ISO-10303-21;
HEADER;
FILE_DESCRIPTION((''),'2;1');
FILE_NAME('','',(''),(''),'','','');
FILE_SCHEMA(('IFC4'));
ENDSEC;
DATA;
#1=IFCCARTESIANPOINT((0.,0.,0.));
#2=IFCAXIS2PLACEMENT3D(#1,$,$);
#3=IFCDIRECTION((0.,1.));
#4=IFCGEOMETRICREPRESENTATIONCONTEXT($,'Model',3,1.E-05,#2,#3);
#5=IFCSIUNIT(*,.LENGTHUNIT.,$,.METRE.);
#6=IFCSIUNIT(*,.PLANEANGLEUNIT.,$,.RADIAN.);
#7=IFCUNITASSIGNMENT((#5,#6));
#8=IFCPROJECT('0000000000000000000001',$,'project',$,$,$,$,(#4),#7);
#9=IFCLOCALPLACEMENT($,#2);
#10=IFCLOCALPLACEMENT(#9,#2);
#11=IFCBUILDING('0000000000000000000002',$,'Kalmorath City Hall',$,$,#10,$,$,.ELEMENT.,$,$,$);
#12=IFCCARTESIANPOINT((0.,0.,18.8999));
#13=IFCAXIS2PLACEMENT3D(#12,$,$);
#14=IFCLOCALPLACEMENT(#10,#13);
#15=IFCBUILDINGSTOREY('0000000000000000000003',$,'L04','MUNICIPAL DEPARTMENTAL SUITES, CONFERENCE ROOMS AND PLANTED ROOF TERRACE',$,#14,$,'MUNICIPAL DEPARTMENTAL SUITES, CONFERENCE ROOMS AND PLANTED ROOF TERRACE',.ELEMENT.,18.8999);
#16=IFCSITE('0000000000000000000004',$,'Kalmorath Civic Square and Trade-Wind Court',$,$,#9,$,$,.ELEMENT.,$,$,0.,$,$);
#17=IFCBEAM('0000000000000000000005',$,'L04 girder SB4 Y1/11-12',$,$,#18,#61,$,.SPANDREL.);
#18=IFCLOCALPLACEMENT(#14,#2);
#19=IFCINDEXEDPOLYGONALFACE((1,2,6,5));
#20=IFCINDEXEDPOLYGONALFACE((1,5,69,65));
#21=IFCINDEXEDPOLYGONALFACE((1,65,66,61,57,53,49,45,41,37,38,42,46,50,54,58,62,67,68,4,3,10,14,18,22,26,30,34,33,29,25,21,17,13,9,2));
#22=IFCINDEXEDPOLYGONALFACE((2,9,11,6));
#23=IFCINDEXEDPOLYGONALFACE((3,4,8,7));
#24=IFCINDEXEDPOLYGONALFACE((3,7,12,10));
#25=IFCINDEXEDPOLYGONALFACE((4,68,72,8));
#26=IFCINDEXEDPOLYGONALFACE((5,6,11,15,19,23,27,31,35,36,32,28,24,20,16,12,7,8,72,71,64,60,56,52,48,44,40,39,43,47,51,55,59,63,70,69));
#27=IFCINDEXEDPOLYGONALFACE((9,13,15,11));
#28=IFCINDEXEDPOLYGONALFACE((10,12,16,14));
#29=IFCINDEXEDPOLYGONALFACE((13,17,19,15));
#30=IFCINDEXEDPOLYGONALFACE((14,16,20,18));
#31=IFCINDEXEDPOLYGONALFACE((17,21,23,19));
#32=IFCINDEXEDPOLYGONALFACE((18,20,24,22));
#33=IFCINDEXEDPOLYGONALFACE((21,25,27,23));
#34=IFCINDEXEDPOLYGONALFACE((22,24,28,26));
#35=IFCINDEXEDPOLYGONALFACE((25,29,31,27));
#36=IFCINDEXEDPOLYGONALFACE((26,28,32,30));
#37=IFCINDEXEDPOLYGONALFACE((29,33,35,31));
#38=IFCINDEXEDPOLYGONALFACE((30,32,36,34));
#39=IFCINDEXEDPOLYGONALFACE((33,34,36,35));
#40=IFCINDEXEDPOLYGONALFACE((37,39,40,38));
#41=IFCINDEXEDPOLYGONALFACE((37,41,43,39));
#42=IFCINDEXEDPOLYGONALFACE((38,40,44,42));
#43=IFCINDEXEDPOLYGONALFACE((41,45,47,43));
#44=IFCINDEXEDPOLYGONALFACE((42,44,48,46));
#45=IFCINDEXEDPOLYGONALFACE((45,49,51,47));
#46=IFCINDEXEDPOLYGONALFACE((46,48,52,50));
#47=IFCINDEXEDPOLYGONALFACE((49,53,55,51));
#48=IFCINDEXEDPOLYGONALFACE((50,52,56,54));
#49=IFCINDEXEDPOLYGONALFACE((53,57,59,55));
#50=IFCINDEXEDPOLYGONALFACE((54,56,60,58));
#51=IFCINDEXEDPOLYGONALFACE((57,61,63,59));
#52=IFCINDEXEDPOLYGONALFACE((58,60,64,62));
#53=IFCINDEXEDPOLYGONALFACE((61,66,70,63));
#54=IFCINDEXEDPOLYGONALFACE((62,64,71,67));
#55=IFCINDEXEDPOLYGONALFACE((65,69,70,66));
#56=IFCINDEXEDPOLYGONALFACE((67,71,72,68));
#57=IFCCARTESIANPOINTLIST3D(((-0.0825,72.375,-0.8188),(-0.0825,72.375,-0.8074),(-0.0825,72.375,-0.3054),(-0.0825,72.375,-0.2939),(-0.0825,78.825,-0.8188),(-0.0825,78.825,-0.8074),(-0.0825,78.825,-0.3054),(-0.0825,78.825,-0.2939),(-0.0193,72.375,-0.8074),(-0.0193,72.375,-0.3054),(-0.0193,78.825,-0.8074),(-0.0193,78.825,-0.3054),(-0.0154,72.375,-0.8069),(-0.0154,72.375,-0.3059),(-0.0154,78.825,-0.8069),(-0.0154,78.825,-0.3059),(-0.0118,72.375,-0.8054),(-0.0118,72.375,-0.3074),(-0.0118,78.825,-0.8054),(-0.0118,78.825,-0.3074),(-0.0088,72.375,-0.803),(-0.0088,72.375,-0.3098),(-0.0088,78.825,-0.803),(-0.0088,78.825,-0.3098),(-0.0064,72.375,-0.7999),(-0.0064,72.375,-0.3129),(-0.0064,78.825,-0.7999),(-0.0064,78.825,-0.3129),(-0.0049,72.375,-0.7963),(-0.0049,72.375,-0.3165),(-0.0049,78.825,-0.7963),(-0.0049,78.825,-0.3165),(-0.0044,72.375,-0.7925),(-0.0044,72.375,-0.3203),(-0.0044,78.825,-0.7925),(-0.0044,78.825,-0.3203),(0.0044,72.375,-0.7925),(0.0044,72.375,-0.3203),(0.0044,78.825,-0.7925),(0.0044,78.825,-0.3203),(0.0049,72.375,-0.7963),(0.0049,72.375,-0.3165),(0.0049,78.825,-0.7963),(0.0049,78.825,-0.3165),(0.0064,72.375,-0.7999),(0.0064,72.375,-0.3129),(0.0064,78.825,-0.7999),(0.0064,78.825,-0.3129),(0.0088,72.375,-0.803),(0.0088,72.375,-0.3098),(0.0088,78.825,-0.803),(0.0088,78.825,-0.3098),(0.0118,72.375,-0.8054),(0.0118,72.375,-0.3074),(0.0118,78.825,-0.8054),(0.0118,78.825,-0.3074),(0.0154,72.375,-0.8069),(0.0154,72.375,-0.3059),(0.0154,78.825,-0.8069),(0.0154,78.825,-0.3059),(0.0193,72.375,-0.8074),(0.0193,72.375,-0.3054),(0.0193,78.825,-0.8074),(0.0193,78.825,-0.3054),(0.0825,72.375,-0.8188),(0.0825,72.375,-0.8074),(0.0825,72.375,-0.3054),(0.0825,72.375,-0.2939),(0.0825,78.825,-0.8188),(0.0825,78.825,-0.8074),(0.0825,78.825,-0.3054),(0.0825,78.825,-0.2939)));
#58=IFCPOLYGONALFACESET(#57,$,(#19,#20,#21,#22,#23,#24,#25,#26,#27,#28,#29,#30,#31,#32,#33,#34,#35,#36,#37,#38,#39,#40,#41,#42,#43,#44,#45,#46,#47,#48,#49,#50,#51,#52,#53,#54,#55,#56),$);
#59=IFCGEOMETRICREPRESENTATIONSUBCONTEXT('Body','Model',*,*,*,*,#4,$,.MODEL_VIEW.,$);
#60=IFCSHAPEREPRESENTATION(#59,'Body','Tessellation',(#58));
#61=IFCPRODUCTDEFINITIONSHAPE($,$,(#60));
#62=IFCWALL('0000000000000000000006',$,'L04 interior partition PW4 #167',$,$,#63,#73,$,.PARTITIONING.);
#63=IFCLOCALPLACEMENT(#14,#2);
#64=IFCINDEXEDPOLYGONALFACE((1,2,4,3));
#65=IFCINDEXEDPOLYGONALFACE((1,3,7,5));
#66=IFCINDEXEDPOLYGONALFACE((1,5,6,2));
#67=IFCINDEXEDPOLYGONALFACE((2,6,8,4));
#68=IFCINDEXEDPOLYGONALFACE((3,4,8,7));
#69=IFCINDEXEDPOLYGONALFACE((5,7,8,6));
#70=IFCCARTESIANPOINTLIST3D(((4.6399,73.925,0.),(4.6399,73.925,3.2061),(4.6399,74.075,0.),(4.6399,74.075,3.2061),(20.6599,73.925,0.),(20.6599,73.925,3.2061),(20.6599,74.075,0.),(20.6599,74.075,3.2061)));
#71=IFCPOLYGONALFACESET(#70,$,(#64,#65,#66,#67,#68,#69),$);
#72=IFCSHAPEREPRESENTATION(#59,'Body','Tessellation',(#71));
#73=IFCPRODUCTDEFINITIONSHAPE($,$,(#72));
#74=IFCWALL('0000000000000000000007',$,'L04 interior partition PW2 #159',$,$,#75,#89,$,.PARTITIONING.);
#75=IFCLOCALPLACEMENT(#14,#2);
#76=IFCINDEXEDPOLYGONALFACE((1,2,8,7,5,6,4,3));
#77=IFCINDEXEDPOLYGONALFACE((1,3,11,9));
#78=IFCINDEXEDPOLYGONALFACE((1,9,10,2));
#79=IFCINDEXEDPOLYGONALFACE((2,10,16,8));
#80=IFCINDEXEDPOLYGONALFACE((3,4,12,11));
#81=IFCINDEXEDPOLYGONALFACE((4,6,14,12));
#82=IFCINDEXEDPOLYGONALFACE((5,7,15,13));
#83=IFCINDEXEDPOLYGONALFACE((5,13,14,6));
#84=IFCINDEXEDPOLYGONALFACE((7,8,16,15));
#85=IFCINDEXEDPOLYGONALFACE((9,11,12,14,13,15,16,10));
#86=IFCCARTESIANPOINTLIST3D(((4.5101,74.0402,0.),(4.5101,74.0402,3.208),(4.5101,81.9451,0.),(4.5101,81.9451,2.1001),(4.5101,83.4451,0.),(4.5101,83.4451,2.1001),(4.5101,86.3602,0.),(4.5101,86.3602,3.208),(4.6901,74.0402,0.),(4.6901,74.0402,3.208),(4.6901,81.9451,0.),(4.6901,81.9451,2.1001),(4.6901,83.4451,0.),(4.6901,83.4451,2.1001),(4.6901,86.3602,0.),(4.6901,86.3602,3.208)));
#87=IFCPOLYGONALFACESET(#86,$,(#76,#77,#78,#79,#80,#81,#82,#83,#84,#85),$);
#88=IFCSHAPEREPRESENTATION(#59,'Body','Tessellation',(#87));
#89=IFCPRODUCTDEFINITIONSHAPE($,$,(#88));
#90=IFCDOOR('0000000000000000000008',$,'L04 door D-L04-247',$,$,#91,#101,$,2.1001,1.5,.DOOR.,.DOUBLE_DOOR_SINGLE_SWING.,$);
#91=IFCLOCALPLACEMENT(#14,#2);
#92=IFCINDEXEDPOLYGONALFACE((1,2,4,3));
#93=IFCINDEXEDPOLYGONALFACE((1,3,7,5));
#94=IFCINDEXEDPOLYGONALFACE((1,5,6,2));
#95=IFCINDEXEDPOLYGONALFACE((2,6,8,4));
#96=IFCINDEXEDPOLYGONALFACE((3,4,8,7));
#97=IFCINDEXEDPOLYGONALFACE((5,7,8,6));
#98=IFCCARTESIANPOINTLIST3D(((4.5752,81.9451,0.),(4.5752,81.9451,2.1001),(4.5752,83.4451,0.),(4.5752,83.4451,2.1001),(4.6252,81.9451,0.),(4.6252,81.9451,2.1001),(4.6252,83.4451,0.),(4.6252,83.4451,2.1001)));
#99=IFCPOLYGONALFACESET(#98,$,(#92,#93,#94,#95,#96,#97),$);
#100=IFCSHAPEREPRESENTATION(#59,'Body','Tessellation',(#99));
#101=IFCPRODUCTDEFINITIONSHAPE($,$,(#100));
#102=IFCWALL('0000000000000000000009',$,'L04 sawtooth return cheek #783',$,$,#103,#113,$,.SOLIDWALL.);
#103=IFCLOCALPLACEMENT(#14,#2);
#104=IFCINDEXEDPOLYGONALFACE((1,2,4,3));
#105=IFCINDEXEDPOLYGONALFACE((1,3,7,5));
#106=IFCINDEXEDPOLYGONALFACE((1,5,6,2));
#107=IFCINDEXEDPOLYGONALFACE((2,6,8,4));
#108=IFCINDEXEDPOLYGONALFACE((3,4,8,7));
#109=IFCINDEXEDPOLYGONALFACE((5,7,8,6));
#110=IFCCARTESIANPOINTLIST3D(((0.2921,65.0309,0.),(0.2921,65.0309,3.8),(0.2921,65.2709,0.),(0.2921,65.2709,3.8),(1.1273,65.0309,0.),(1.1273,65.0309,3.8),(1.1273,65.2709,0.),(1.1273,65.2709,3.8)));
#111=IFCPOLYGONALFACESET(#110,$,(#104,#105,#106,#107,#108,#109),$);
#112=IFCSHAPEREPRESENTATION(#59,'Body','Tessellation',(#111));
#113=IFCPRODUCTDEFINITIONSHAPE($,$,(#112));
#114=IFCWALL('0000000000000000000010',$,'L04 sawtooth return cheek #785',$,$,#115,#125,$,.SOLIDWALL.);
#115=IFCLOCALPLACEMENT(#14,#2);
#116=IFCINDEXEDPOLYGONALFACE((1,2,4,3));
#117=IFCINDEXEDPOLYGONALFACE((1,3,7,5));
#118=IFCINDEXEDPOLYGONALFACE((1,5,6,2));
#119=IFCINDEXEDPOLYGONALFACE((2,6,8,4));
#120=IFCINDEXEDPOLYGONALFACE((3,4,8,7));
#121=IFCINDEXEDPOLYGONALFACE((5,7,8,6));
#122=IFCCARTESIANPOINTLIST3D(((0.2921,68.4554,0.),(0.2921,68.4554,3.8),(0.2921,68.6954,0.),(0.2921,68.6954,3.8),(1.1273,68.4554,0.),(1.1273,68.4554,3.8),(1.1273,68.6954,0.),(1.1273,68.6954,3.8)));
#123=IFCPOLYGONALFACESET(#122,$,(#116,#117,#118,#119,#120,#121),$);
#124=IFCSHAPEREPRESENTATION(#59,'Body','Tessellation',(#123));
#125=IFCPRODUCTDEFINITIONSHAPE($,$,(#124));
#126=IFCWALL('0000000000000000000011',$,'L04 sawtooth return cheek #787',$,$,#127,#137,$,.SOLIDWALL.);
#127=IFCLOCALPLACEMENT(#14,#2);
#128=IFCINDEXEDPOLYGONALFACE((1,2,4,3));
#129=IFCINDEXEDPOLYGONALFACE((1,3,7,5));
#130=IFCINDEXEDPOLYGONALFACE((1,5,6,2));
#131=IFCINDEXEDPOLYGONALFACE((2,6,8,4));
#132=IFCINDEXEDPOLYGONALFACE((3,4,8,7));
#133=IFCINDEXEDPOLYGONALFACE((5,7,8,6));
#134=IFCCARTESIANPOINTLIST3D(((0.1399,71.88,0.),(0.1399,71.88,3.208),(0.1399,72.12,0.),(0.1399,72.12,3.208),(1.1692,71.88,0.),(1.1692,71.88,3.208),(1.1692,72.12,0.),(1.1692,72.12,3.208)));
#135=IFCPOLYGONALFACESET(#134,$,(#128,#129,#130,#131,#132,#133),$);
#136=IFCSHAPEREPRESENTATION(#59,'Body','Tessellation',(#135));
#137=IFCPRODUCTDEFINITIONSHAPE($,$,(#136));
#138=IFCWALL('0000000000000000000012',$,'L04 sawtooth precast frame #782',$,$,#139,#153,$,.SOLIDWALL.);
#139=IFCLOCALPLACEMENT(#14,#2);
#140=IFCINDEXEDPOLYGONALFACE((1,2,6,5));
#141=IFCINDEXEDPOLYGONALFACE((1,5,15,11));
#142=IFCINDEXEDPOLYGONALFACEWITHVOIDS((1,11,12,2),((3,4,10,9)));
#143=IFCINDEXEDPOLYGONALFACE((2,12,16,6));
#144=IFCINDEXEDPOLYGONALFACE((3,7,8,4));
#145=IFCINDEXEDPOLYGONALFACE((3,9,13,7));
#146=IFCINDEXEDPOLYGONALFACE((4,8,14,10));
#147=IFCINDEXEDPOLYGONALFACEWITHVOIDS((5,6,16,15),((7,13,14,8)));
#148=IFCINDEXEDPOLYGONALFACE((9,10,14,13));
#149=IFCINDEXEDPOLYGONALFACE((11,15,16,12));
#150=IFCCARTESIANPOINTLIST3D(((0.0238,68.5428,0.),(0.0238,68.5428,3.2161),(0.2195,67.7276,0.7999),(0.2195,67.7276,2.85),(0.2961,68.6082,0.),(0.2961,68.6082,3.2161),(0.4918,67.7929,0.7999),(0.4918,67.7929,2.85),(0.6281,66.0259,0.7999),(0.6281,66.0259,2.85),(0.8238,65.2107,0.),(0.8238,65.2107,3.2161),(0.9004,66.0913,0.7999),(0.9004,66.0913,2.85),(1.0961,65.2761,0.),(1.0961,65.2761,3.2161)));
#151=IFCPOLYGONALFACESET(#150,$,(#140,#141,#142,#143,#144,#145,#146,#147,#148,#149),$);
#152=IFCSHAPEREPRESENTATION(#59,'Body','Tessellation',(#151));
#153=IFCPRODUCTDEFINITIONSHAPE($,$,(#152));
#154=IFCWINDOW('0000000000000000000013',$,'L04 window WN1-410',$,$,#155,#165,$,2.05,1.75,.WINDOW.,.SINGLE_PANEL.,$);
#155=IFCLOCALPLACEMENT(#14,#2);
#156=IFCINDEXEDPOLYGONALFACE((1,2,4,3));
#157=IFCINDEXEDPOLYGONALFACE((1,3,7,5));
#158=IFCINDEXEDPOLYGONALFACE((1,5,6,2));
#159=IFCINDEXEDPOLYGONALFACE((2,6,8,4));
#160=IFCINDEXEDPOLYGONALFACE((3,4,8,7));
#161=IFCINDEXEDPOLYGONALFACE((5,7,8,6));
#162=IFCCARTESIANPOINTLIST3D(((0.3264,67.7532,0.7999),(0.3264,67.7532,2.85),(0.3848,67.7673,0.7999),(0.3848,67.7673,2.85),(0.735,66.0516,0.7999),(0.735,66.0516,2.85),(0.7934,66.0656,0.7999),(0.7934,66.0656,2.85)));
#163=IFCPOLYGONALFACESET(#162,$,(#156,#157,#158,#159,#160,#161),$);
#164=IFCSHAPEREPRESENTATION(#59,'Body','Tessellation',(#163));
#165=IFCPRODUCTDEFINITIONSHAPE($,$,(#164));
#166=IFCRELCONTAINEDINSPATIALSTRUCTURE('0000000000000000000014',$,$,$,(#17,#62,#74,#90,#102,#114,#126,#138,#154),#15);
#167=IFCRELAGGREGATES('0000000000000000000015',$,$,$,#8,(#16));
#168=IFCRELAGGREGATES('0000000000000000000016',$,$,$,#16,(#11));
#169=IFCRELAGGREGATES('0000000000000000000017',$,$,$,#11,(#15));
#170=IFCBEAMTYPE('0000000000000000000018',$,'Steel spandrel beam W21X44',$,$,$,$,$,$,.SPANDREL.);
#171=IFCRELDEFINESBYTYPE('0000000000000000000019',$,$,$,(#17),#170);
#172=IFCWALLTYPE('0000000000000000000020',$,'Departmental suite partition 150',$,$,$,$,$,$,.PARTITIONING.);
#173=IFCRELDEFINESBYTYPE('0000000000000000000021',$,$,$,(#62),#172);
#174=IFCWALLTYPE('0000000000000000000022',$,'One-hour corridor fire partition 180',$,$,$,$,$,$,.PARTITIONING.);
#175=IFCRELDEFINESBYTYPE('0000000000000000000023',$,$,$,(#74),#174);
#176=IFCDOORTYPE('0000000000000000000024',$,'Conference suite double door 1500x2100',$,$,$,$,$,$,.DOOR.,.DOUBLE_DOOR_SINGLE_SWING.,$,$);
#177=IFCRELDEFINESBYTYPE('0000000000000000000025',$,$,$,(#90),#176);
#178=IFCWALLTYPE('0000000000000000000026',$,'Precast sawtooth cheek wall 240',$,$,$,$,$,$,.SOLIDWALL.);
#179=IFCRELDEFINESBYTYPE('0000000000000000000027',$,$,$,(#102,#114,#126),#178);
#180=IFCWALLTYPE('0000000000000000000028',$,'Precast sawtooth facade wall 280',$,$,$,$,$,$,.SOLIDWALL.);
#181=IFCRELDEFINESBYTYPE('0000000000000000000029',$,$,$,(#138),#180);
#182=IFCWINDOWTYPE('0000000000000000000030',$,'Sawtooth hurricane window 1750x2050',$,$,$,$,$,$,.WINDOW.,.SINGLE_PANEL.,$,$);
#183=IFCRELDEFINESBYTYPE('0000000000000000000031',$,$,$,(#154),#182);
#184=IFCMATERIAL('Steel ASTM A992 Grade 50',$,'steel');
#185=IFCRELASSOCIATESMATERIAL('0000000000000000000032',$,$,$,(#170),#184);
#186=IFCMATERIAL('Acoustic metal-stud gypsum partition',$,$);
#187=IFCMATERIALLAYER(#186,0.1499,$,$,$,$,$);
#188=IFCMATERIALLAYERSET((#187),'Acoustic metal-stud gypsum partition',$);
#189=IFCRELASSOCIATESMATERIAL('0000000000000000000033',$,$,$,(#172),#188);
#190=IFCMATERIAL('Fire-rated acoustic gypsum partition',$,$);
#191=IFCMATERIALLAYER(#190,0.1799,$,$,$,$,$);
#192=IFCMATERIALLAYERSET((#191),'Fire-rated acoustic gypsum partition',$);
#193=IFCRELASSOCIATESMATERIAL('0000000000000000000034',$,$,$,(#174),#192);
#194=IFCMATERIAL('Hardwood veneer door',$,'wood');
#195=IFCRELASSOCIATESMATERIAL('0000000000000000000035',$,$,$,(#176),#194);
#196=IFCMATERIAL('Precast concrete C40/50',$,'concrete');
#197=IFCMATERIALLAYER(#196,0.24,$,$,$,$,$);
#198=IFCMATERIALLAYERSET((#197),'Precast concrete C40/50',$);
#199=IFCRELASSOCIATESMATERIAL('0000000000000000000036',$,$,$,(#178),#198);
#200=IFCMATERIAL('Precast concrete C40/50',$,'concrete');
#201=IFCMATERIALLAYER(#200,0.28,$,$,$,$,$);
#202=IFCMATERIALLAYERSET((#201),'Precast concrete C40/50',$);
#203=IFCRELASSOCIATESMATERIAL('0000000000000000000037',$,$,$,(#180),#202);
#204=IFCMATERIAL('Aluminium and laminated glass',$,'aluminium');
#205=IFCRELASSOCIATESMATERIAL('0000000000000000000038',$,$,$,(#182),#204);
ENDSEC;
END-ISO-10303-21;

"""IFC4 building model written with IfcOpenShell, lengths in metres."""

from ifc_helpers import new_model, si_unit, direction, frame, frame_2d, origin, origin_2d, place, context, subcontext, project, spatial, rectangle, i_section, extrude, material, layer, layer_set, material_profile, profile_set, type_object, element, fill, save


model = new_model("IFC4")

# Units and contexts
model_context = context("Model", 3, precision=1e-05, world=origin(), true_north=direction((0.0, 1.0)))
body_context = subcontext(model_context, "Body", "Model", "MODEL_VIEW")
ifc_project = project(units=[si_unit("LENGTHUNIT", "METRE"), si_unit("PLANEANGLEUNIT", "RADIAN")], contexts=[model_context])

# Site, building, storey
site_placement = place(None, origin())
site = spatial("IfcSite", under=ifc_project, at=site_placement, Name="Kalmorath Civic Square and Trade-Wind Court", CompositionType="ELEMENT", RefElevation=0.0)
building_placement = place(site_placement, origin())
building = spatial("IfcBuilding", under=site, at=building_placement, Name="Kalmorath City Hall", CompositionType="ELEMENT")
storey_placement = place(building_placement, frame((0.0, 0.0, 18.8999)))
storey = spatial("IfcBuildingStorey", under=building, at=storey_placement, Name="L04", Description="MUNICIPAL DEPARTMENTAL SUITES, CONFERENCE ROOMS AND PLANTED ROOF TERRACE", LongName="MUNICIPAL DEPARTMENTAL SUITES, CONFERENCE ROOMS AND PLANTED ROOF TERRACE", CompositionType="ELEMENT", Elevation=18.8999)

# Beam
ifc_material_1 = material(Name="Steel ASTM A992 Grade 50", Category="steel")
ifc_material_profile_1 = material_profile(ifc_material_1, i_section(OverallWidth=0.165, OverallDepth=0.5249, WebThickness=0.0088, FlangeThickness=0.0115, FilletRadius=0.0149, at=origin_2d()), Name="W21X44")
ifc_profile_set_1 = profile_set([ifc_material_profile_1], Name="Steel ASTM A992 Grade 50")
beam_type_1 = type_object("IfcBeamType", Name="Steel spandrel beam W21X44", PredefinedType="SPANDREL", material=ifc_profile_set_1)
beam_1_placement = place(storey_placement, frame((0.0, 72.375, -0.5564), z_axis=(0.0, 1.0, 0.0), x_axis=(-1.0, 0.0, 0.0)))
element("IfcBeam", 1, at=beam_1_placement, inside=storey, type_object=beam_type_1, Name="L04 girder SB4 Y1/11-12", PredefinedType="SPANDREL", context=body_context, shape_type="SweptSolid", body=[
    extrude(i_section(OverallWidth=0.165, OverallDepth=0.5249, WebThickness=0.0088, FlangeThickness=0.0115, FilletRadius=0.0149, at=origin_2d()), origin(), (0.0, 0.0, 1.0), 6.45),
])

# Wall
ifc_material_2 = material(Name="Acoustic metal-stud gypsum partition")
ifc_layer_1 = layer(ifc_material_2, 0.1499)
ifc_layer_set_1 = layer_set([ifc_layer_1], Name="Acoustic metal-stud gypsum partition")
wall_type_1 = type_object("IfcWallType", Name="Departmental suite partition 150", PredefinedType="PARTITIONING", material=ifc_layer_set_1)
wall_1_placement = place(storey_placement, frame((4.6399, 74.0, 0.0), z_axis=(0.0, 0.0, 1.0), x_axis=(1.0, 0.0, 0.0)))
element("IfcWall", 2, at=wall_1_placement, inside=storey, type_object=wall_type_1, Name="L04 interior partition PW4 #167", PredefinedType="PARTITIONING", context=body_context, shape_type="SweptSolid", body=[
    extrude(rectangle(XDim=16.02, YDim=0.1499, at=frame_2d((8.01, 0.0))), origin(), (0.0, 0.0, 1.0), 3.2061),
])

# Wall, opening, door
ifc_material_3 = material(Name="Fire-rated acoustic gypsum partition")
ifc_layer_2 = layer(ifc_material_3, 0.1799)
ifc_layer_set_2 = layer_set([ifc_layer_2], Name="Fire-rated acoustic gypsum partition")
wall_type_2 = type_object("IfcWallType", Name="One-hour corridor fire partition 180", PredefinedType="PARTITIONING", material=ifc_layer_set_2)
wall_2_placement = place(storey_placement, frame((4.6001, 74.04, 0.0), z_axis=(0.0, 0.0, 1.0), x_axis=(0.0, 1.0, 0.0)))
wall_2 = element("IfcWall", 3, at=wall_2_placement, inside=storey, type_object=wall_type_2, Name="L04 interior partition PW2 #159", PredefinedType="PARTITIONING", context=body_context, shape_type="SweptSolid", body=[
    extrude(rectangle(XDim=12.3201, YDim=0.1799, at=frame_2d((6.1602, 0.0))), origin(), (0.0, 0.0, 1.0), 3.208),
])
opening_1_placement = place(wall_2_placement, frame((7.905, 0.0, 0.0)))
opening_1 = element("IfcOpeningElement", 4, at=opening_1_placement, cuts=wall_2, PredefinedType="OPENING", context=body_context, shape_type="SweptSolid", body=[
    extrude(rectangle(XDim=1.5, YDim=2.1001, at=frame_2d((0.75, 1.05))), frame((0.0, 0.0999, 0.0), z_axis=(0.0, -1.0, 0.0), x_axis=(1.0, 0.0, 0.0)), (0.0, 0.0, 1.0), 0.2),
])
ifc_material_4 = material(Name="Hardwood veneer door", Category="wood")
door_type = type_object("IfcDoorType", Name="Conference suite double door 1500x2100", OperationType="DOUBLE_DOOR_SINGLE_SWING", PredefinedType="DOOR", material=ifc_material_4)
door_placement = place(opening_1_placement, origin())
door = element("IfcDoor", 5, at=door_placement, inside=storey, type_object=door_type, Name="L04 door D-L04-247", OperationType="DOUBLE_DOOR_SINGLE_SWING", OverallHeight=2.1001, OverallWidth=1.5, PredefinedType="DOOR", context=body_context, shape_type="SweptSolid", body=[
    extrude(rectangle(XDim=1.5, YDim=2.1001, at=frame_2d((0.75, 1.05))), frame((0.0, 0.0249, 0.0), z_axis=(0.0, -1.0, 0.0), x_axis=(1.0, 0.0, 0.0)), (0.0, 0.0, 1.0), 0.05),
])
fill(opening_1, door)

# Walls
ifc_material_5 = material(Name="Precast concrete C40/50", Category="concrete")
ifc_layer_3 = layer(ifc_material_5, 0.24)
ifc_layer_set_3 = layer_set([ifc_layer_3], Name="Precast concrete C40/50")
wall_type_3 = type_object("IfcWallType", Name="Precast sawtooth cheek wall 240", PredefinedType="SOLIDWALL", material=ifc_layer_set_3)
for number, where, z_axis, x_axis, name in (
    (6, (1.1272, 65.1509, 0.0), (0.0, 0.0, 1.0), (-1.0, 0.0, 0.0), "L04 sawtooth return cheek #783"),
    (7, (1.1272, 68.5754, 0.0), (0.0, 0.0, 1.0), (-1.0, 0.0, 0.0), "L04 sawtooth return cheek #785"),
):
    element("IfcWall", number, at=place(storey_placement, frame(where, z_axis=z_axis, x_axis=x_axis)), inside=storey, type_object=wall_type_3, Name=name, PredefinedType="SOLIDWALL", context=body_context, shape_type="SweptSolid", body=[
        extrude(rectangle(XDim=0.8352, YDim=0.24, at=frame_2d((0.4175, 0.0))), origin(), (0.0, 0.0, 1.0), 3.8),
    ])
wall_3_placement = place(storey_placement, frame((1.1692, 72.0, 0.0), z_axis=(0.0, 0.0, 1.0), x_axis=(-1.0, 0.0, 0.0)))
element("IfcWall", 8, at=wall_3_placement, inside=storey, type_object=wall_type_3, Name="L04 sawtooth return cheek #787", PredefinedType="SOLIDWALL", context=body_context, shape_type="SweptSolid", body=[
    extrude(rectangle(XDim=1.0293, YDim=0.24, at=frame_2d((0.5146, 0.0))), origin(), (0.0, 0.0, 1.0), 3.208),
])

# Wall, opening, window
ifc_material_6 = material(Name="Precast concrete C40/50", Category="concrete")
ifc_layer_4 = layer(ifc_material_6, 0.28)
ifc_layer_set_4 = layer_set([ifc_layer_4], Name="Precast concrete C40/50")
wall_type_4 = type_object("IfcWallType", Name="Precast sawtooth facade wall 280", PredefinedType="SOLIDWALL", material=ifc_layer_set_4)
wall_4_placement = place(storey_placement, frame((0.96, 65.2434, 0.0), z_axis=(0.0, 0.0, 1.0), x_axis=(-0.233473, 0.972363, 0.0)))
wall_4 = element("IfcWall", 9, at=wall_4_placement, inside=storey, type_object=wall_type_4, Name="L04 sawtooth precast frame #782", PredefinedType="SOLIDWALL", context=body_context, shape_type="SweptSolid", body=[
    extrude(rectangle(XDim=3.4268, YDim=0.28, at=frame_2d((1.7134, 0.0))), origin(), (0.0, 0.0, 1.0), 3.2161),
])
opening_2_placement = place(wall_4_placement, frame((0.8384, 0.0, 0.8)))
opening_2 = element("IfcOpeningElement", 10, at=opening_2_placement, cuts=wall_4, PredefinedType="OPENING", context=body_context, shape_type="SweptSolid", body=[
    extrude(rectangle(XDim=1.75, YDim=2.05, at=frame_2d((0.875, 1.0249))), frame((0.0, 0.1499, 0.0), z_axis=(0.0, -1.0, 0.0), x_axis=(1.0, 0.0, 0.0)), (0.0, 0.0, 1.0), 0.3),
])
ifc_material_7 = material(Name="Aluminium and laminated glass", Category="aluminium")
window_type = type_object("IfcWindowType", Name="Sawtooth hurricane window 1750x2050", PartitioningType="SINGLE_PANEL", PredefinedType="WINDOW", material=ifc_material_7)
window_1_placement = place(opening_2_placement, origin())
window_1 = element("IfcWindow", 11, at=window_1_placement, inside=storey, type_object=window_type, Name="L04 window WN1-410", OverallHeight=2.05, OverallWidth=1.75, PartitioningType="SINGLE_PANEL", PredefinedType="WINDOW", context=body_context, shape_type="SweptSolid", body=[
    extrude(rectangle(XDim=1.75, YDim=2.05, at=frame_2d((0.875, 1.0249))), frame((0.0, 0.03, 0.0), z_axis=(0.0, -1.0, 0.0), x_axis=(1.0, 0.0, 0.0)), (0.0, 0.0, 1.0), 0.0601),
])
fill(opening_2, window_1)

save(model, "model.ifc")
